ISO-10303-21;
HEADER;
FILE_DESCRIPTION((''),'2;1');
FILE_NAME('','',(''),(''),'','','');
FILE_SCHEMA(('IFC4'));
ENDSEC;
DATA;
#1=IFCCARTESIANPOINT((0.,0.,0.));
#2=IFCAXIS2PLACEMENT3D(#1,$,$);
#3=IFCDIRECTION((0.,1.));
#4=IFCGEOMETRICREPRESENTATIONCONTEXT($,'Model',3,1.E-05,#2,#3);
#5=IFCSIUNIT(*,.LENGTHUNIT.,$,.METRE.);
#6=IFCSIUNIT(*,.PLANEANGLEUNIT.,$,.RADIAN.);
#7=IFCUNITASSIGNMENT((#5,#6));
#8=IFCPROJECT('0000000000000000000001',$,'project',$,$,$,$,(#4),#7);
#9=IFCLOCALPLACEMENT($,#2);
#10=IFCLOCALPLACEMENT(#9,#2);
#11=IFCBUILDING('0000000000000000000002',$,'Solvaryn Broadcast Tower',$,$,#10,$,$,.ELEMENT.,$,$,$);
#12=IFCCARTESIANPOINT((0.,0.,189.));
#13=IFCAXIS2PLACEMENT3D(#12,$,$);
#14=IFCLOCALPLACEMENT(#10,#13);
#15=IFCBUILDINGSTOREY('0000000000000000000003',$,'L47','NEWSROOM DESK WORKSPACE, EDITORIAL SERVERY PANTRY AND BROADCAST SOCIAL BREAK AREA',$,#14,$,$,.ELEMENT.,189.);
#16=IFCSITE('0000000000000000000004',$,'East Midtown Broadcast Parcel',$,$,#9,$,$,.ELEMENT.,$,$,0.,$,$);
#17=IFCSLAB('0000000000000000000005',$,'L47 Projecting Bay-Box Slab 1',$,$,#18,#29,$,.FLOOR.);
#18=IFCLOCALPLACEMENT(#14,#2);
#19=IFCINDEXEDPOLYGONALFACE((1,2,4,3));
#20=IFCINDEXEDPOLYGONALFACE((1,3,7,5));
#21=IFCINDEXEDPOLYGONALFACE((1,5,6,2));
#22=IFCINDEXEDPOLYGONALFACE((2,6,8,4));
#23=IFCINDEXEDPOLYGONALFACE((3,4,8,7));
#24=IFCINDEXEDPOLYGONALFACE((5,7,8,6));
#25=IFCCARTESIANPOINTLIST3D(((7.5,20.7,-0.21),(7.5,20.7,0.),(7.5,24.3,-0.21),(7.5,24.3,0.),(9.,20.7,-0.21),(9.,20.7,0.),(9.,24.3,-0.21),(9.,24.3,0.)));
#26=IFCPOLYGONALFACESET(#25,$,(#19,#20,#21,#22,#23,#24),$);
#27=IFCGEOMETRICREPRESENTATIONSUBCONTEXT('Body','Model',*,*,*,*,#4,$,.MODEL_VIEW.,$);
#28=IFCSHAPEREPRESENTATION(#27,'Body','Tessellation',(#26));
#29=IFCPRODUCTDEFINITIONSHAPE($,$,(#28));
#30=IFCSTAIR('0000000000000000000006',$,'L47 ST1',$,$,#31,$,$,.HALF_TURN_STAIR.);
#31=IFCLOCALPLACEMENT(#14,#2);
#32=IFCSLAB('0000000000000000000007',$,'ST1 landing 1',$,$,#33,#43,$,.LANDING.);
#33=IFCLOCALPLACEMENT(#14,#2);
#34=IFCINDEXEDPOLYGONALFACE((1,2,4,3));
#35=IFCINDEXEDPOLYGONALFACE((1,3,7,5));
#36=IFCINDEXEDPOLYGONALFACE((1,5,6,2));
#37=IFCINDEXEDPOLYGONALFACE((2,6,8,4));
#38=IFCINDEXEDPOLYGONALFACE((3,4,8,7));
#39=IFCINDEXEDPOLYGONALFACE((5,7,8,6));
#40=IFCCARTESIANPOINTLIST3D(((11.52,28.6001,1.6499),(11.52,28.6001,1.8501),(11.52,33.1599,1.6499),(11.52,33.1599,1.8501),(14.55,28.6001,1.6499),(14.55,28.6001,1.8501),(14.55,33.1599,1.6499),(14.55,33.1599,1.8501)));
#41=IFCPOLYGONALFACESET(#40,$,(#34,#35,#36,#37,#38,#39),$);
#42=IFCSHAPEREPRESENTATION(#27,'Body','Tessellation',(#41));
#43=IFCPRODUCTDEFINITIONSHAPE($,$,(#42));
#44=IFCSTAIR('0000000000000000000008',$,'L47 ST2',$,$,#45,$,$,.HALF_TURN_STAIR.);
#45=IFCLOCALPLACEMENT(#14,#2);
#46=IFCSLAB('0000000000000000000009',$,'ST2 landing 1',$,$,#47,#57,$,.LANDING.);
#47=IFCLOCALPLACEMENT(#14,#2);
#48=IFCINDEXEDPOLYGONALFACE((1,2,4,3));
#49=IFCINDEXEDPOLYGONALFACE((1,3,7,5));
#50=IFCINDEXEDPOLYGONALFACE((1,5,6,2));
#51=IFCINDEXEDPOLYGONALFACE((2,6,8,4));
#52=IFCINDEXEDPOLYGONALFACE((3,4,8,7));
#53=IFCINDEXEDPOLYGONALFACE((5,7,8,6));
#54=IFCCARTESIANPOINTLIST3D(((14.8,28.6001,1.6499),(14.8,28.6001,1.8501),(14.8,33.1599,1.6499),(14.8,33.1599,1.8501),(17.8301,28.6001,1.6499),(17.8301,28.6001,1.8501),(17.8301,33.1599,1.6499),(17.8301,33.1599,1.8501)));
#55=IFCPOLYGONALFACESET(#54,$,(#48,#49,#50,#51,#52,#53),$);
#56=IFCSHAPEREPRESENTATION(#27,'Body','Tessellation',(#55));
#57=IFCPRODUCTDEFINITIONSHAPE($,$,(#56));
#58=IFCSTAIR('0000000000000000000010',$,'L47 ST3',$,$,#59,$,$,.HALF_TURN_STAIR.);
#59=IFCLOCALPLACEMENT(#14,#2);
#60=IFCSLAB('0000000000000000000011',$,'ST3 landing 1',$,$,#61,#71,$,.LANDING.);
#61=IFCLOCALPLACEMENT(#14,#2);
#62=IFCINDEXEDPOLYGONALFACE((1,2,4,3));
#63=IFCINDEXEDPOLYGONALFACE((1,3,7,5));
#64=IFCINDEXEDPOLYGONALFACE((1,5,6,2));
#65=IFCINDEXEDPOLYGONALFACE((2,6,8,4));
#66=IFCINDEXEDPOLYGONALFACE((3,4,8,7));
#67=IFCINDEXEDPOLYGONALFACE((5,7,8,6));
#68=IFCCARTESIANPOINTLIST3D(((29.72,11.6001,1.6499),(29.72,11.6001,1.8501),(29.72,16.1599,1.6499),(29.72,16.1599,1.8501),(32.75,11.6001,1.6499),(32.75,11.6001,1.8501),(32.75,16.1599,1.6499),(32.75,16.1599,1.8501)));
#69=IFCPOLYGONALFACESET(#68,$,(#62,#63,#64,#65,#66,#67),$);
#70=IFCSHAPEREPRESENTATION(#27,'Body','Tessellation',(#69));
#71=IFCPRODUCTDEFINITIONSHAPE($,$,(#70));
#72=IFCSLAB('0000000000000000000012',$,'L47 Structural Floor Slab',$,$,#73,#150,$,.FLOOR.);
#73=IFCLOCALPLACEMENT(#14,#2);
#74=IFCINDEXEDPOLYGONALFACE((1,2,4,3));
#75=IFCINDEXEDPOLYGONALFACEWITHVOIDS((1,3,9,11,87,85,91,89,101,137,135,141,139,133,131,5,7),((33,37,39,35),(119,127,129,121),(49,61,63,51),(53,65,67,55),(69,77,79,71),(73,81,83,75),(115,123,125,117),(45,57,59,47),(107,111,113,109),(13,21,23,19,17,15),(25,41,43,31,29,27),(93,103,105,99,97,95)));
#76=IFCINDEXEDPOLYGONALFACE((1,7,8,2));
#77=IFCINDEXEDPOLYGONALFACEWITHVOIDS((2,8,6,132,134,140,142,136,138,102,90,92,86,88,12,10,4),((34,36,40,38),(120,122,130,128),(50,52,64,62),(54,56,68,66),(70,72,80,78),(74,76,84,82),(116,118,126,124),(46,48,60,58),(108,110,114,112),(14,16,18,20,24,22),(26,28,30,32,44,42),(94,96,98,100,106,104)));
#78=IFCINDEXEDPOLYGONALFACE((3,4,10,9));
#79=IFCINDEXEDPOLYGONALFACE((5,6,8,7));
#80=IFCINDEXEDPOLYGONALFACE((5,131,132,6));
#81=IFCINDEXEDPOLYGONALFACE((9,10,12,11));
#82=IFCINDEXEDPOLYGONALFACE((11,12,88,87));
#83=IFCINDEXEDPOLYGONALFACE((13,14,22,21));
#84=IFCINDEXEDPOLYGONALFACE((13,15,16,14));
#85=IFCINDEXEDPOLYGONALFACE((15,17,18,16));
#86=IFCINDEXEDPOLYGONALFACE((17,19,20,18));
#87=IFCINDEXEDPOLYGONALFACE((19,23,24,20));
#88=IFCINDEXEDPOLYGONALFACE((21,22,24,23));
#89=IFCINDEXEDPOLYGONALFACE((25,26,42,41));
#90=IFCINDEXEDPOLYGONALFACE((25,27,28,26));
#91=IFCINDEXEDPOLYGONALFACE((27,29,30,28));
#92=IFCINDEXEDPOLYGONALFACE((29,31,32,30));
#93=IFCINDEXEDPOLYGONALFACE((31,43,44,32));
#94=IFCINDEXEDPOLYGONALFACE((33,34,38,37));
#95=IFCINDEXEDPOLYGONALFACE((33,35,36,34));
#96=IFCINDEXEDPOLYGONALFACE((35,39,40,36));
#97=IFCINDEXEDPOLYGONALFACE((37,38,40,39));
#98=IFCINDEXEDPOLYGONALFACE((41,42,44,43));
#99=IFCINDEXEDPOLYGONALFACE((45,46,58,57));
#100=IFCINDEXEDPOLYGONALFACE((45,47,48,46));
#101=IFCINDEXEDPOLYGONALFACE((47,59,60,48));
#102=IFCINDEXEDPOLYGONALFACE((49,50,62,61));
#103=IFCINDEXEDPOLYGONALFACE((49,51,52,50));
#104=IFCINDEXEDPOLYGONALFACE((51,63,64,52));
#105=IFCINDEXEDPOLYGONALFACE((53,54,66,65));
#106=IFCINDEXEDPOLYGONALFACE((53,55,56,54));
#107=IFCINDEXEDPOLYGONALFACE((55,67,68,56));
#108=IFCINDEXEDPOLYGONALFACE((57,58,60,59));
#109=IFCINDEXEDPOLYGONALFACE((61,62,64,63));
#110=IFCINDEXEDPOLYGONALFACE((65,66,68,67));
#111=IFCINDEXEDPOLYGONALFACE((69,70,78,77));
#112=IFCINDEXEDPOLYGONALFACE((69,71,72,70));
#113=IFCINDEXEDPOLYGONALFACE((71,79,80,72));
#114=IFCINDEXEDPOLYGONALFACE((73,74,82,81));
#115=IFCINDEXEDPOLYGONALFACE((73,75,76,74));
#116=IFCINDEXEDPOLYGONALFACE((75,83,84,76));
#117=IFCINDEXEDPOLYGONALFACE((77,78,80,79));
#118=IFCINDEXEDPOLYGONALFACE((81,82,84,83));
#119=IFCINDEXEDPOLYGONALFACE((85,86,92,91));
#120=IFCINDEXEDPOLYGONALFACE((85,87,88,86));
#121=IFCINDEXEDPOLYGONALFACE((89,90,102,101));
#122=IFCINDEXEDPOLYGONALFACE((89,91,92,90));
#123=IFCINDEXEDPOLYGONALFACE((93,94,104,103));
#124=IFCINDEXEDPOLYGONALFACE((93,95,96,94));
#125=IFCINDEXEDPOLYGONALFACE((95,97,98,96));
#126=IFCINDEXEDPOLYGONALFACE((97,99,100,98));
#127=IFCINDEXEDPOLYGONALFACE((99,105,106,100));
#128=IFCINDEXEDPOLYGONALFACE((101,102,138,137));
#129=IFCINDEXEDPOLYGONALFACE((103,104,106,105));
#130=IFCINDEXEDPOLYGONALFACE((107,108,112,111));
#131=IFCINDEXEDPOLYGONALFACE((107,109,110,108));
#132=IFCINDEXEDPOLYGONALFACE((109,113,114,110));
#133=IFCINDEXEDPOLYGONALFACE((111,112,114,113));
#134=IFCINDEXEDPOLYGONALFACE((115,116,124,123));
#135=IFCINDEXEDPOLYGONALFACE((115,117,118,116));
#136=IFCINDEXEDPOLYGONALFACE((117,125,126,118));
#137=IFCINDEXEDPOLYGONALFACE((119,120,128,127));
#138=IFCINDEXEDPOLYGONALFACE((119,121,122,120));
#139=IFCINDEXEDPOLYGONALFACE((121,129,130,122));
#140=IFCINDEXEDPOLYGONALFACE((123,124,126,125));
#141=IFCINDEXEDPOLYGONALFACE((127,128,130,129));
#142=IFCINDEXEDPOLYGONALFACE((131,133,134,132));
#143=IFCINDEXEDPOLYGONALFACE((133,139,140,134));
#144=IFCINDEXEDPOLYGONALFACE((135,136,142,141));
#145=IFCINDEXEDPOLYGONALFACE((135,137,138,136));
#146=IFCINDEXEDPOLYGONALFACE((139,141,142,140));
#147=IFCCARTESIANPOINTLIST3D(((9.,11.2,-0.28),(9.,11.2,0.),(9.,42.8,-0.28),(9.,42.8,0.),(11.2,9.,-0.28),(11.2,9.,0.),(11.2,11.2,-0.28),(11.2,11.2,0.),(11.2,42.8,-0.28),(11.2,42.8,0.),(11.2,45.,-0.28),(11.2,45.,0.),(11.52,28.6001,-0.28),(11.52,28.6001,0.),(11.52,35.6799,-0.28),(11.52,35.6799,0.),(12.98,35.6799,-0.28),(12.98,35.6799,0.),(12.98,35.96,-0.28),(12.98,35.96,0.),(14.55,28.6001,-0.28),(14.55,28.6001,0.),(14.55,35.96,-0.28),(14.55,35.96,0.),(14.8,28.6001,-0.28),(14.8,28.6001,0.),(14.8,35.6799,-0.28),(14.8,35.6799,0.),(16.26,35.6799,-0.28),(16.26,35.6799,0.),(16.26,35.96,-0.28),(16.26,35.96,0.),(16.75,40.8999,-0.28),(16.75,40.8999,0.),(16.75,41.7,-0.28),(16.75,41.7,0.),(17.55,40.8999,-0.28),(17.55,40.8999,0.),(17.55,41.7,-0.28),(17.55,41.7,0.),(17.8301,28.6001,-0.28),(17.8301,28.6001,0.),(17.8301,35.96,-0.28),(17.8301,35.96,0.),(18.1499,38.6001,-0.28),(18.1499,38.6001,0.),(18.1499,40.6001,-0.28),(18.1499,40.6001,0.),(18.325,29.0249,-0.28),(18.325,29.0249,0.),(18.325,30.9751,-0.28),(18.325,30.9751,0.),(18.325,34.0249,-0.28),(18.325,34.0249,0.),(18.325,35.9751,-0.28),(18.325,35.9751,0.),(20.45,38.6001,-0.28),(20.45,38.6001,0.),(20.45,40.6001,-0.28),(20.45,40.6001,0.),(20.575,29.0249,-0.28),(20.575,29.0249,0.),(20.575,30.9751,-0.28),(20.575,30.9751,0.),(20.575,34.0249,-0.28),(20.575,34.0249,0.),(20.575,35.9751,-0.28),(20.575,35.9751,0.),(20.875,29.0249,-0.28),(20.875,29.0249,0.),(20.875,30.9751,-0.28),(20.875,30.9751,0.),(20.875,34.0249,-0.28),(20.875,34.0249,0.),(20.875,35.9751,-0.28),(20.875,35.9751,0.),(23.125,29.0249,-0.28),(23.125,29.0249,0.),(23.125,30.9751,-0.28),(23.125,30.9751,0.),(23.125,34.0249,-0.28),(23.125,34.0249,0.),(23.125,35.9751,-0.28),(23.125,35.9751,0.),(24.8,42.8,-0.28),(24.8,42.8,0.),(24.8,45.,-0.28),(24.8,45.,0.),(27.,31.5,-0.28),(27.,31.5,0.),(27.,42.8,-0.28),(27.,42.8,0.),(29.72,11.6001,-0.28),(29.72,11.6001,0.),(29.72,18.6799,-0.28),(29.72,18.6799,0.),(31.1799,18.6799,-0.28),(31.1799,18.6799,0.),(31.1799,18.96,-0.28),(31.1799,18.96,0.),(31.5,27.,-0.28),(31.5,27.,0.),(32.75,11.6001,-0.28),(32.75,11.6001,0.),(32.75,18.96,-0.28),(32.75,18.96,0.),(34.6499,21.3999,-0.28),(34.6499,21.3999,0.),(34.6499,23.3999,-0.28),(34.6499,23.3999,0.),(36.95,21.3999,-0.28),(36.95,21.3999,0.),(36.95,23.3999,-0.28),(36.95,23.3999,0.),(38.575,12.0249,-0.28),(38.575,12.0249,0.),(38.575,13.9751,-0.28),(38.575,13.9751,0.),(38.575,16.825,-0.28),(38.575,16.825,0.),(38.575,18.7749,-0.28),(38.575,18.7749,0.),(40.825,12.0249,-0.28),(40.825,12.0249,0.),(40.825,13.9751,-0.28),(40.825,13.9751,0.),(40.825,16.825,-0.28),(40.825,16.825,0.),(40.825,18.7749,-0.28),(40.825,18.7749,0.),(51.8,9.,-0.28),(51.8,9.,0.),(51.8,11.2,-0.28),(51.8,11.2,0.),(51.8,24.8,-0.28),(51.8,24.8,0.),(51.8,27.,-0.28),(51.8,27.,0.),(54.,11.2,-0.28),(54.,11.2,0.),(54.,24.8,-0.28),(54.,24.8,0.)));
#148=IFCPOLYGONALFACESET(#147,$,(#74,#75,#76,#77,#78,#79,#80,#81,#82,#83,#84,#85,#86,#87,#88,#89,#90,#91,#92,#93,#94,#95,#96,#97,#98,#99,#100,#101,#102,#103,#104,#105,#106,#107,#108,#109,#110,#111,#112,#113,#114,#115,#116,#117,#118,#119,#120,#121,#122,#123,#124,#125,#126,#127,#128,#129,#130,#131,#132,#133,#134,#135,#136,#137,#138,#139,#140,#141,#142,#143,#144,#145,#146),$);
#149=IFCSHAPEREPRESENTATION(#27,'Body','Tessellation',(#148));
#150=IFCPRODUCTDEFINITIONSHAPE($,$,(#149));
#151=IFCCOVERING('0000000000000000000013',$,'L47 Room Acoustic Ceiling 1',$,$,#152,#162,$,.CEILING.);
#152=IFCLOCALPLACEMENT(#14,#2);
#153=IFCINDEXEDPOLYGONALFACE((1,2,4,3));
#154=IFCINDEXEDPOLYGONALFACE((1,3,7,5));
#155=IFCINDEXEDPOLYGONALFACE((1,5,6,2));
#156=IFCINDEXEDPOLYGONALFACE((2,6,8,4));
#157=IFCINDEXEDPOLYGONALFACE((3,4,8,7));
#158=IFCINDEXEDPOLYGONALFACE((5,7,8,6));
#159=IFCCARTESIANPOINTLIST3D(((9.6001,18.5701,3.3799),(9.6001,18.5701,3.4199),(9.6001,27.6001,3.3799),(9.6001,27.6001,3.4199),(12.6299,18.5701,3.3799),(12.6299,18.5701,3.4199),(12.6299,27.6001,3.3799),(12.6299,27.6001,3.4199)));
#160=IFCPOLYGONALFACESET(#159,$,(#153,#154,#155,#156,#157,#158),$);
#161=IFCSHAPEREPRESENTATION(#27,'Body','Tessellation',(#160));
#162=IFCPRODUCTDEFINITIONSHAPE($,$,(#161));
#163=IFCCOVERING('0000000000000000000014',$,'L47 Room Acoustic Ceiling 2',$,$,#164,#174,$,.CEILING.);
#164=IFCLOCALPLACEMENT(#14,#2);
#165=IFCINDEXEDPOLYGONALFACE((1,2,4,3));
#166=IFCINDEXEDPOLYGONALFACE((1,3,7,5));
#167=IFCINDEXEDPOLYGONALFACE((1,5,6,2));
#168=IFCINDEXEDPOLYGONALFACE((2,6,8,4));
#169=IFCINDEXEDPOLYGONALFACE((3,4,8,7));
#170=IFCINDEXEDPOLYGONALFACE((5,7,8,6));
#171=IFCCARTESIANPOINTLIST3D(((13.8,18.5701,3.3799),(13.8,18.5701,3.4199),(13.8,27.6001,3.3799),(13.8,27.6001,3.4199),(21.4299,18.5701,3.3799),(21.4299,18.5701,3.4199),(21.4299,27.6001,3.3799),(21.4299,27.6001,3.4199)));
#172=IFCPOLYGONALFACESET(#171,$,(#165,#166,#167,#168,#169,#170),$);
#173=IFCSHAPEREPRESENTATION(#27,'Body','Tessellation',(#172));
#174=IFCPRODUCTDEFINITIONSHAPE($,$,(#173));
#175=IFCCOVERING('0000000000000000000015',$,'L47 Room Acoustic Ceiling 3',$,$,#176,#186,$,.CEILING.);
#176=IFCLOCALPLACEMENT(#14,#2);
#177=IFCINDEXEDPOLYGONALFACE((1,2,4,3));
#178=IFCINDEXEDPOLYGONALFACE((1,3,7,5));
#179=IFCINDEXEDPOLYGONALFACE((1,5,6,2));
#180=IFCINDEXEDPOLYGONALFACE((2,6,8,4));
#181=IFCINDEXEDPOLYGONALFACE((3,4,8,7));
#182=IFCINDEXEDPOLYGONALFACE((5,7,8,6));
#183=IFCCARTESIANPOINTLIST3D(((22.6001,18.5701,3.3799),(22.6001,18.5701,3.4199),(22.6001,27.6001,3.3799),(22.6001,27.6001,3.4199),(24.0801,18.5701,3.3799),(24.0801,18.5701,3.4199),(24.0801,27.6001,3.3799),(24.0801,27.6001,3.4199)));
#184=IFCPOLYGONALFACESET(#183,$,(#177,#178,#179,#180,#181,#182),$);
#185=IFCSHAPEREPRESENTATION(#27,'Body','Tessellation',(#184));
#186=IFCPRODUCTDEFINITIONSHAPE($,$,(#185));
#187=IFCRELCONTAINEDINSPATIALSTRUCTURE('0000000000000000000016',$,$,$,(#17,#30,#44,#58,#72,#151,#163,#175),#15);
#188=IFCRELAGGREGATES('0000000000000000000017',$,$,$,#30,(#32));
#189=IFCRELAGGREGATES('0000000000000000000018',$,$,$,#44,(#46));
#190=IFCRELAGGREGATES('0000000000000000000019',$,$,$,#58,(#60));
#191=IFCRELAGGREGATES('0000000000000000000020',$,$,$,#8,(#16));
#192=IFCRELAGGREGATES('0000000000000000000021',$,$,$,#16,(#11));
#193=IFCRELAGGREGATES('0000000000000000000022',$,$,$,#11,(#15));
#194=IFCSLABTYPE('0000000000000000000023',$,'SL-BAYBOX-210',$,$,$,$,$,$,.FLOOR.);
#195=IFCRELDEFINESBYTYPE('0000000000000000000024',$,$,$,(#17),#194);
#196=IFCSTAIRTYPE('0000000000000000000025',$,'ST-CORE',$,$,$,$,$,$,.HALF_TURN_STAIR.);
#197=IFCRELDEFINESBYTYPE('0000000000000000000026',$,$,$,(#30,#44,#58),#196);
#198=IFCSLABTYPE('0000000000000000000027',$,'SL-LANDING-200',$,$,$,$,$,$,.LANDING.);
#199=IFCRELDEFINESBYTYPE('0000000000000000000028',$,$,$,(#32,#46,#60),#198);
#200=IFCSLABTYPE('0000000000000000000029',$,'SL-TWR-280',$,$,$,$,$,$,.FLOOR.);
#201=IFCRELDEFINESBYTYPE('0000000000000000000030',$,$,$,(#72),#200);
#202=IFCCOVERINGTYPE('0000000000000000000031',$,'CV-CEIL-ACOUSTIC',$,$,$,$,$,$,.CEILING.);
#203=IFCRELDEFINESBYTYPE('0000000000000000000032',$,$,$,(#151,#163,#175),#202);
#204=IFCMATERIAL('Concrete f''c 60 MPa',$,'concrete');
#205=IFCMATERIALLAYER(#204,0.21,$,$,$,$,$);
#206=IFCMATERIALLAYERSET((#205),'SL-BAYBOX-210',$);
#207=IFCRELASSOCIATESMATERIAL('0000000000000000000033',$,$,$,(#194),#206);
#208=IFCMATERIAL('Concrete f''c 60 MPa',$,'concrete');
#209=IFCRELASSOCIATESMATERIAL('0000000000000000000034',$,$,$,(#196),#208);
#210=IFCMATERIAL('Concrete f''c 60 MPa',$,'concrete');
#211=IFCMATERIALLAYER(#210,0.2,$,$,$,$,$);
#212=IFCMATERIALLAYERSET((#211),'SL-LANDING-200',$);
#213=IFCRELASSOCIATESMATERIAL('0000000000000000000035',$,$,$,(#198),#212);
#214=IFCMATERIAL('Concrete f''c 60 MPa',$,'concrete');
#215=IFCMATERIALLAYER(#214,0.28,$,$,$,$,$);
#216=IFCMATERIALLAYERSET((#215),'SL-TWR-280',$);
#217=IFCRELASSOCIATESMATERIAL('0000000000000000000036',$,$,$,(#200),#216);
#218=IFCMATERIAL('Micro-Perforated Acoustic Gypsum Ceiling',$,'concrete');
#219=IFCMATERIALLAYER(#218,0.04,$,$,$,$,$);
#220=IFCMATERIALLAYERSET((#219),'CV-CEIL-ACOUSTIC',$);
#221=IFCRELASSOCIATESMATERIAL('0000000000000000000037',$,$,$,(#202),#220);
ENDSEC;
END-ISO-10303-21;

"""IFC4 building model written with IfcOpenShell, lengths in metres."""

from ifc_helpers import new_model, si_unit, direction, frame, origin, place, context, subcontext, project, spatial, polyline, outline, extrude, material, layer, layer_set, type_object, element, aggregate, save


model = new_model("IFC4")

# Units and contexts
model_context = context("Model", 3, precision=1e-05, world=origin(), true_north=direction((0.0, 1.0)))
body_context = subcontext(model_context, "Body", "Model", "MODEL_VIEW")
ifc_project = project(units=[si_unit("LENGTHUNIT", "METRE"), si_unit("PLANEANGLEUNIT", "RADIAN")], contexts=[model_context])

# Site, building, storey
site_placement = place(None, origin())
site = spatial("IfcSite", under=ifc_project, at=site_placement, Name="East Midtown Broadcast Parcel", CompositionType="ELEMENT", RefElevation=0.0)
building_placement = place(site_placement, origin())
building = spatial("IfcBuilding", under=site, at=building_placement, Name="Solvaryn Broadcast Tower", CompositionType="ELEMENT")
storey_placement = place(building_placement, frame((0.0, 0.0, 189.0)))
storey = spatial("IfcBuildingStorey", under=building, at=storey_placement, Name="L47", Description="NEWSROOM DESK WORKSPACE, EDITORIAL SERVERY PANTRY AND BROADCAST SOCIAL BREAK AREA", CompositionType="ELEMENT", Elevation=189.0)

# Slab
ifc_material_1 = material(Name="Concrete f'c 60 MPa", Category="concrete")
ifc_layer_1 = layer(ifc_material_1, 0.21)
ifc_layer_set_1 = layer_set([ifc_layer_1], Name="SL-BAYBOX-210")
slab_type_1 = type_object("IfcSlabType", Name="SL-BAYBOX-210", PredefinedType="FLOOR", material=ifc_layer_set_1)
slab_1_placement = place(storey_placement, frame((0.0, 0.0, -0.21)))
element("IfcSlab", 1, at=slab_1_placement, inside=storey, type_object=slab_type_1, Name="L47 Projecting Bay-Box Slab 1", PredefinedType="FLOOR", context=body_context, shape_type="SweptSolid", body=[
    extrude(outline(polyline([(7.5, 20.7), (9.0, 20.7), (9.0, 24.3), (7.5, 24.3), (7.5, 20.7)])), origin(), (0.0, 0.0, 1.0), 0.21),
])

# Stairs, slabs
ifc_material_2 = material(Name="Concrete f'c 60 MPa", Category="concrete")
stair_type = type_object("IfcStairType", Name="ST-CORE", PredefinedType="HALF_TURN_STAIR", material=ifc_material_2)
stair_1_placement = place(storey_placement, origin())
stair_1 = element("IfcStair", 2, at=stair_1_placement, inside=storey, type_object=stair_type, Name="L47 ST1", PredefinedType="HALF_TURN_STAIR")
ifc_material_3 = material(Name="Concrete f'c 60 MPa", Category="concrete")
ifc_layer_2 = layer(ifc_material_3, 0.2)
ifc_layer_set_2 = layer_set([ifc_layer_2], Name="SL-LANDING-200")
slab_type_2 = type_object("IfcSlabType", Name="SL-LANDING-200", PredefinedType="LANDING", material=ifc_layer_set_2)
slab_2_placement = place(storey_placement, frame((0.0, 0.0, 1.6499)))
slab_2 = element("IfcSlab", 3, at=slab_2_placement, type_object=slab_type_2, Name="ST1 landing 1", PredefinedType="LANDING", context=body_context, shape_type="SweptSolid", body=[
    extrude(outline(polyline([(11.52, 33.1599), (11.52, 28.6001), (14.55, 28.6001), (14.55, 33.1599), (11.52, 33.1599)])), origin(), (0.0, 0.0, 1.0), 0.2002),
])
aggregate(stair_1, [slab_2])
stair_2_placement = place(storey_placement, origin())
stair_2 = element("IfcStair", 4, at=stair_2_placement, inside=storey, type_object=stair_type, Name="L47 ST2", PredefinedType="HALF_TURN_STAIR")
slab_3_placement = place(storey_placement, frame((0.0, 0.0, 1.6499)))
slab_3 = element("IfcSlab", 5, at=slab_3_placement, type_object=slab_type_2, Name="ST2 landing 1", PredefinedType="LANDING", context=body_context, shape_type="SweptSolid", body=[
    extrude(outline(polyline([(14.8, 33.1599), (14.8, 28.6001), (17.8301, 28.6001), (17.8301, 33.1599), (14.8, 33.1599)])), origin(), (0.0, 0.0, 1.0), 0.2002),
])
aggregate(stair_2, [slab_3])
stair_3_placement = place(storey_placement, origin())
stair_3 = element("IfcStair", 6, at=stair_3_placement, inside=storey, type_object=stair_type, Name="L47 ST3", PredefinedType="HALF_TURN_STAIR")
slab_4_placement = place(storey_placement, frame((0.0, 0.0, 1.6499)))
slab_4 = element("IfcSlab", 7, at=slab_4_placement, type_object=slab_type_2, Name="ST3 landing 1", PredefinedType="LANDING", context=body_context, shape_type="SweptSolid", body=[
    extrude(outline(polyline([(29.72, 16.1599), (29.72, 11.6001), (32.75, 11.6001), (32.75, 16.1599), (29.72, 16.1599)])), origin(), (0.0, 0.0, 1.0), 0.2002),
])
aggregate(stair_3, [slab_4])

# Slab
ifc_material_4 = material(Name="Concrete f'c 60 MPa", Category="concrete")
ifc_layer_3 = layer(ifc_material_4, 0.28)
ifc_layer_set_3 = layer_set([ifc_layer_3], Name="SL-TWR-280")
slab_type_3 = type_object("IfcSlabType", Name="SL-TWR-280", PredefinedType="FLOOR", material=ifc_layer_set_3)
slab_5_placement = place(storey_placement, frame((0.0, 0.0, -0.28)))
element("IfcSlab", 8, at=slab_5_placement, inside=storey, type_object=slab_type_3, Name="L47 Structural Floor Slab", PredefinedType="FLOOR", context=body_context, shape_type="SweptSolid", body=[
    extrude(outline(polyline([(11.2, 9.0), (51.8, 9.0), (51.8, 11.2), (54.0, 11.2), (54.0, 24.8), (51.8, 24.8), (51.8, 27.0), (31.5, 27.0), (27.0, 31.5), (27.0, 42.8), (24.8, 42.8), (24.8, 45.0), (11.2, 45.0), (11.2, 42.8), (9.0, 42.8), (9.0, 11.2), (11.2, 11.2), (11.2, 9.0)]), holes=[polyline([(11.52, 28.6001), (14.55, 28.6001), (14.55, 35.96), (12.98, 35.96), (12.98, 35.6799), (11.52, 35.6799), (11.52, 28.6001)]), polyline([(14.8, 28.6001), (17.8301, 28.6001), (17.8301, 35.96), (16.26, 35.96), (16.26, 35.6799), (14.8, 35.6799), (14.8, 28.6001)]), polyline([(29.72, 11.6001), (32.75, 11.6001), (32.75, 18.96), (31.1799, 18.96), (31.1799, 18.6799), (29.72, 18.6799), (29.72, 11.6001)]), polyline([(18.1499, 38.6001), (20.45, 38.6001), (20.45, 40.6001), (18.1499, 40.6001), (18.1499, 38.6001)]), polyline([(18.325, 29.0249), (20.575, 29.0249), (20.575, 30.9751), (18.325, 30.9751), (18.325, 29.0249)]), polyline([(20.875, 29.0249), (23.125, 29.0249), (23.125, 30.9751), (20.875, 30.9751), (20.875, 29.0249)]), polyline([(18.325, 34.0249), (20.575, 34.0249), (20.575, 35.9751), (18.325, 35.9751), (18.325, 34.0249)]), polyline([(20.875, 34.0249), (23.125, 34.0249), (23.125, 35.9751), (20.875, 35.9751), (20.875, 34.0249)]), polyline([(34.6499, 21.3999), (36.95, 21.3999), (36.95, 23.3999), (34.6499, 23.3999), (34.6499, 21.3999)]), polyline([(38.575, 12.0249), (40.825, 12.0249), (40.825, 13.9751), (38.575, 13.9751), (38.575, 12.0249)]), polyline([(38.575, 16.825), (40.825, 16.825), (40.825, 18.7749), (38.575, 18.7749), (38.575, 16.825)]), polyline([(16.75, 40.8999), (17.55, 40.8999), (17.55, 41.7), (16.75, 41.7), (16.75, 40.8999)])]), origin(), (0.0, 0.0, 1.0), 0.28),
])

# Coverings
ifc_material_5 = material(Name="Micro-Perforated Acoustic Gypsum Ceiling", Category="concrete")
ifc_layer_4 = layer(ifc_material_5, 0.04)
ifc_layer_set_4 = layer_set([ifc_layer_4], Name="CV-CEIL-ACOUSTIC")
covering_type_1 = type_object("IfcCoveringType", Name="CV-CEIL-ACOUSTIC", PredefinedType="CEILING", material=ifc_layer_set_4)
covering_1_placement = place(storey_placement, frame((0.0, 0.0, 3.3799)))
element("IfcCovering", 9, at=covering_1_placement, inside=storey, type_object=covering_type_1, Name="L47 Room Acoustic Ceiling 1", PredefinedType="CEILING", context=body_context, shape_type="SweptSolid", body=[
    extrude(outline(polyline([(9.6001, 18.5701), (12.6299, 18.5701), (12.6299, 27.6001), (9.6001, 27.6001), (9.6001, 18.5701)])), origin(), (0.0, 0.0, 1.0), 0.04),
])
covering_2_placement = place(storey_placement, frame((0.0, 0.0, 3.3799)))
element("IfcCovering", 10, at=covering_2_placement, inside=storey, type_object=covering_type_1, Name="L47 Room Acoustic Ceiling 2", PredefinedType="CEILING", context=body_context, shape_type="SweptSolid", body=[
    extrude(outline(polyline([(13.8, 18.5701), (21.4299, 18.5701), (21.4299, 27.6001), (13.8, 27.6001), (13.8, 18.5701)])), origin(), (0.0, 0.0, 1.0), 0.04),
])
covering_3_placement = place(storey_placement, frame((0.0, 0.0, 3.3799)))
element("IfcCovering", 11, at=covering_3_placement, inside=storey, type_object=covering_type_1, Name="L47 Room Acoustic Ceiling 3", PredefinedType="CEILING", context=body_context, shape_type="SweptSolid", body=[
    extrude(outline(polyline([(22.6001, 18.5701), (24.0801, 18.5701), (24.0801, 27.6001), (22.6001, 27.6001), (22.6001, 18.5701)])), origin(), (0.0, 0.0, 1.0), 0.04),
])

save(model, "model.ifc")
